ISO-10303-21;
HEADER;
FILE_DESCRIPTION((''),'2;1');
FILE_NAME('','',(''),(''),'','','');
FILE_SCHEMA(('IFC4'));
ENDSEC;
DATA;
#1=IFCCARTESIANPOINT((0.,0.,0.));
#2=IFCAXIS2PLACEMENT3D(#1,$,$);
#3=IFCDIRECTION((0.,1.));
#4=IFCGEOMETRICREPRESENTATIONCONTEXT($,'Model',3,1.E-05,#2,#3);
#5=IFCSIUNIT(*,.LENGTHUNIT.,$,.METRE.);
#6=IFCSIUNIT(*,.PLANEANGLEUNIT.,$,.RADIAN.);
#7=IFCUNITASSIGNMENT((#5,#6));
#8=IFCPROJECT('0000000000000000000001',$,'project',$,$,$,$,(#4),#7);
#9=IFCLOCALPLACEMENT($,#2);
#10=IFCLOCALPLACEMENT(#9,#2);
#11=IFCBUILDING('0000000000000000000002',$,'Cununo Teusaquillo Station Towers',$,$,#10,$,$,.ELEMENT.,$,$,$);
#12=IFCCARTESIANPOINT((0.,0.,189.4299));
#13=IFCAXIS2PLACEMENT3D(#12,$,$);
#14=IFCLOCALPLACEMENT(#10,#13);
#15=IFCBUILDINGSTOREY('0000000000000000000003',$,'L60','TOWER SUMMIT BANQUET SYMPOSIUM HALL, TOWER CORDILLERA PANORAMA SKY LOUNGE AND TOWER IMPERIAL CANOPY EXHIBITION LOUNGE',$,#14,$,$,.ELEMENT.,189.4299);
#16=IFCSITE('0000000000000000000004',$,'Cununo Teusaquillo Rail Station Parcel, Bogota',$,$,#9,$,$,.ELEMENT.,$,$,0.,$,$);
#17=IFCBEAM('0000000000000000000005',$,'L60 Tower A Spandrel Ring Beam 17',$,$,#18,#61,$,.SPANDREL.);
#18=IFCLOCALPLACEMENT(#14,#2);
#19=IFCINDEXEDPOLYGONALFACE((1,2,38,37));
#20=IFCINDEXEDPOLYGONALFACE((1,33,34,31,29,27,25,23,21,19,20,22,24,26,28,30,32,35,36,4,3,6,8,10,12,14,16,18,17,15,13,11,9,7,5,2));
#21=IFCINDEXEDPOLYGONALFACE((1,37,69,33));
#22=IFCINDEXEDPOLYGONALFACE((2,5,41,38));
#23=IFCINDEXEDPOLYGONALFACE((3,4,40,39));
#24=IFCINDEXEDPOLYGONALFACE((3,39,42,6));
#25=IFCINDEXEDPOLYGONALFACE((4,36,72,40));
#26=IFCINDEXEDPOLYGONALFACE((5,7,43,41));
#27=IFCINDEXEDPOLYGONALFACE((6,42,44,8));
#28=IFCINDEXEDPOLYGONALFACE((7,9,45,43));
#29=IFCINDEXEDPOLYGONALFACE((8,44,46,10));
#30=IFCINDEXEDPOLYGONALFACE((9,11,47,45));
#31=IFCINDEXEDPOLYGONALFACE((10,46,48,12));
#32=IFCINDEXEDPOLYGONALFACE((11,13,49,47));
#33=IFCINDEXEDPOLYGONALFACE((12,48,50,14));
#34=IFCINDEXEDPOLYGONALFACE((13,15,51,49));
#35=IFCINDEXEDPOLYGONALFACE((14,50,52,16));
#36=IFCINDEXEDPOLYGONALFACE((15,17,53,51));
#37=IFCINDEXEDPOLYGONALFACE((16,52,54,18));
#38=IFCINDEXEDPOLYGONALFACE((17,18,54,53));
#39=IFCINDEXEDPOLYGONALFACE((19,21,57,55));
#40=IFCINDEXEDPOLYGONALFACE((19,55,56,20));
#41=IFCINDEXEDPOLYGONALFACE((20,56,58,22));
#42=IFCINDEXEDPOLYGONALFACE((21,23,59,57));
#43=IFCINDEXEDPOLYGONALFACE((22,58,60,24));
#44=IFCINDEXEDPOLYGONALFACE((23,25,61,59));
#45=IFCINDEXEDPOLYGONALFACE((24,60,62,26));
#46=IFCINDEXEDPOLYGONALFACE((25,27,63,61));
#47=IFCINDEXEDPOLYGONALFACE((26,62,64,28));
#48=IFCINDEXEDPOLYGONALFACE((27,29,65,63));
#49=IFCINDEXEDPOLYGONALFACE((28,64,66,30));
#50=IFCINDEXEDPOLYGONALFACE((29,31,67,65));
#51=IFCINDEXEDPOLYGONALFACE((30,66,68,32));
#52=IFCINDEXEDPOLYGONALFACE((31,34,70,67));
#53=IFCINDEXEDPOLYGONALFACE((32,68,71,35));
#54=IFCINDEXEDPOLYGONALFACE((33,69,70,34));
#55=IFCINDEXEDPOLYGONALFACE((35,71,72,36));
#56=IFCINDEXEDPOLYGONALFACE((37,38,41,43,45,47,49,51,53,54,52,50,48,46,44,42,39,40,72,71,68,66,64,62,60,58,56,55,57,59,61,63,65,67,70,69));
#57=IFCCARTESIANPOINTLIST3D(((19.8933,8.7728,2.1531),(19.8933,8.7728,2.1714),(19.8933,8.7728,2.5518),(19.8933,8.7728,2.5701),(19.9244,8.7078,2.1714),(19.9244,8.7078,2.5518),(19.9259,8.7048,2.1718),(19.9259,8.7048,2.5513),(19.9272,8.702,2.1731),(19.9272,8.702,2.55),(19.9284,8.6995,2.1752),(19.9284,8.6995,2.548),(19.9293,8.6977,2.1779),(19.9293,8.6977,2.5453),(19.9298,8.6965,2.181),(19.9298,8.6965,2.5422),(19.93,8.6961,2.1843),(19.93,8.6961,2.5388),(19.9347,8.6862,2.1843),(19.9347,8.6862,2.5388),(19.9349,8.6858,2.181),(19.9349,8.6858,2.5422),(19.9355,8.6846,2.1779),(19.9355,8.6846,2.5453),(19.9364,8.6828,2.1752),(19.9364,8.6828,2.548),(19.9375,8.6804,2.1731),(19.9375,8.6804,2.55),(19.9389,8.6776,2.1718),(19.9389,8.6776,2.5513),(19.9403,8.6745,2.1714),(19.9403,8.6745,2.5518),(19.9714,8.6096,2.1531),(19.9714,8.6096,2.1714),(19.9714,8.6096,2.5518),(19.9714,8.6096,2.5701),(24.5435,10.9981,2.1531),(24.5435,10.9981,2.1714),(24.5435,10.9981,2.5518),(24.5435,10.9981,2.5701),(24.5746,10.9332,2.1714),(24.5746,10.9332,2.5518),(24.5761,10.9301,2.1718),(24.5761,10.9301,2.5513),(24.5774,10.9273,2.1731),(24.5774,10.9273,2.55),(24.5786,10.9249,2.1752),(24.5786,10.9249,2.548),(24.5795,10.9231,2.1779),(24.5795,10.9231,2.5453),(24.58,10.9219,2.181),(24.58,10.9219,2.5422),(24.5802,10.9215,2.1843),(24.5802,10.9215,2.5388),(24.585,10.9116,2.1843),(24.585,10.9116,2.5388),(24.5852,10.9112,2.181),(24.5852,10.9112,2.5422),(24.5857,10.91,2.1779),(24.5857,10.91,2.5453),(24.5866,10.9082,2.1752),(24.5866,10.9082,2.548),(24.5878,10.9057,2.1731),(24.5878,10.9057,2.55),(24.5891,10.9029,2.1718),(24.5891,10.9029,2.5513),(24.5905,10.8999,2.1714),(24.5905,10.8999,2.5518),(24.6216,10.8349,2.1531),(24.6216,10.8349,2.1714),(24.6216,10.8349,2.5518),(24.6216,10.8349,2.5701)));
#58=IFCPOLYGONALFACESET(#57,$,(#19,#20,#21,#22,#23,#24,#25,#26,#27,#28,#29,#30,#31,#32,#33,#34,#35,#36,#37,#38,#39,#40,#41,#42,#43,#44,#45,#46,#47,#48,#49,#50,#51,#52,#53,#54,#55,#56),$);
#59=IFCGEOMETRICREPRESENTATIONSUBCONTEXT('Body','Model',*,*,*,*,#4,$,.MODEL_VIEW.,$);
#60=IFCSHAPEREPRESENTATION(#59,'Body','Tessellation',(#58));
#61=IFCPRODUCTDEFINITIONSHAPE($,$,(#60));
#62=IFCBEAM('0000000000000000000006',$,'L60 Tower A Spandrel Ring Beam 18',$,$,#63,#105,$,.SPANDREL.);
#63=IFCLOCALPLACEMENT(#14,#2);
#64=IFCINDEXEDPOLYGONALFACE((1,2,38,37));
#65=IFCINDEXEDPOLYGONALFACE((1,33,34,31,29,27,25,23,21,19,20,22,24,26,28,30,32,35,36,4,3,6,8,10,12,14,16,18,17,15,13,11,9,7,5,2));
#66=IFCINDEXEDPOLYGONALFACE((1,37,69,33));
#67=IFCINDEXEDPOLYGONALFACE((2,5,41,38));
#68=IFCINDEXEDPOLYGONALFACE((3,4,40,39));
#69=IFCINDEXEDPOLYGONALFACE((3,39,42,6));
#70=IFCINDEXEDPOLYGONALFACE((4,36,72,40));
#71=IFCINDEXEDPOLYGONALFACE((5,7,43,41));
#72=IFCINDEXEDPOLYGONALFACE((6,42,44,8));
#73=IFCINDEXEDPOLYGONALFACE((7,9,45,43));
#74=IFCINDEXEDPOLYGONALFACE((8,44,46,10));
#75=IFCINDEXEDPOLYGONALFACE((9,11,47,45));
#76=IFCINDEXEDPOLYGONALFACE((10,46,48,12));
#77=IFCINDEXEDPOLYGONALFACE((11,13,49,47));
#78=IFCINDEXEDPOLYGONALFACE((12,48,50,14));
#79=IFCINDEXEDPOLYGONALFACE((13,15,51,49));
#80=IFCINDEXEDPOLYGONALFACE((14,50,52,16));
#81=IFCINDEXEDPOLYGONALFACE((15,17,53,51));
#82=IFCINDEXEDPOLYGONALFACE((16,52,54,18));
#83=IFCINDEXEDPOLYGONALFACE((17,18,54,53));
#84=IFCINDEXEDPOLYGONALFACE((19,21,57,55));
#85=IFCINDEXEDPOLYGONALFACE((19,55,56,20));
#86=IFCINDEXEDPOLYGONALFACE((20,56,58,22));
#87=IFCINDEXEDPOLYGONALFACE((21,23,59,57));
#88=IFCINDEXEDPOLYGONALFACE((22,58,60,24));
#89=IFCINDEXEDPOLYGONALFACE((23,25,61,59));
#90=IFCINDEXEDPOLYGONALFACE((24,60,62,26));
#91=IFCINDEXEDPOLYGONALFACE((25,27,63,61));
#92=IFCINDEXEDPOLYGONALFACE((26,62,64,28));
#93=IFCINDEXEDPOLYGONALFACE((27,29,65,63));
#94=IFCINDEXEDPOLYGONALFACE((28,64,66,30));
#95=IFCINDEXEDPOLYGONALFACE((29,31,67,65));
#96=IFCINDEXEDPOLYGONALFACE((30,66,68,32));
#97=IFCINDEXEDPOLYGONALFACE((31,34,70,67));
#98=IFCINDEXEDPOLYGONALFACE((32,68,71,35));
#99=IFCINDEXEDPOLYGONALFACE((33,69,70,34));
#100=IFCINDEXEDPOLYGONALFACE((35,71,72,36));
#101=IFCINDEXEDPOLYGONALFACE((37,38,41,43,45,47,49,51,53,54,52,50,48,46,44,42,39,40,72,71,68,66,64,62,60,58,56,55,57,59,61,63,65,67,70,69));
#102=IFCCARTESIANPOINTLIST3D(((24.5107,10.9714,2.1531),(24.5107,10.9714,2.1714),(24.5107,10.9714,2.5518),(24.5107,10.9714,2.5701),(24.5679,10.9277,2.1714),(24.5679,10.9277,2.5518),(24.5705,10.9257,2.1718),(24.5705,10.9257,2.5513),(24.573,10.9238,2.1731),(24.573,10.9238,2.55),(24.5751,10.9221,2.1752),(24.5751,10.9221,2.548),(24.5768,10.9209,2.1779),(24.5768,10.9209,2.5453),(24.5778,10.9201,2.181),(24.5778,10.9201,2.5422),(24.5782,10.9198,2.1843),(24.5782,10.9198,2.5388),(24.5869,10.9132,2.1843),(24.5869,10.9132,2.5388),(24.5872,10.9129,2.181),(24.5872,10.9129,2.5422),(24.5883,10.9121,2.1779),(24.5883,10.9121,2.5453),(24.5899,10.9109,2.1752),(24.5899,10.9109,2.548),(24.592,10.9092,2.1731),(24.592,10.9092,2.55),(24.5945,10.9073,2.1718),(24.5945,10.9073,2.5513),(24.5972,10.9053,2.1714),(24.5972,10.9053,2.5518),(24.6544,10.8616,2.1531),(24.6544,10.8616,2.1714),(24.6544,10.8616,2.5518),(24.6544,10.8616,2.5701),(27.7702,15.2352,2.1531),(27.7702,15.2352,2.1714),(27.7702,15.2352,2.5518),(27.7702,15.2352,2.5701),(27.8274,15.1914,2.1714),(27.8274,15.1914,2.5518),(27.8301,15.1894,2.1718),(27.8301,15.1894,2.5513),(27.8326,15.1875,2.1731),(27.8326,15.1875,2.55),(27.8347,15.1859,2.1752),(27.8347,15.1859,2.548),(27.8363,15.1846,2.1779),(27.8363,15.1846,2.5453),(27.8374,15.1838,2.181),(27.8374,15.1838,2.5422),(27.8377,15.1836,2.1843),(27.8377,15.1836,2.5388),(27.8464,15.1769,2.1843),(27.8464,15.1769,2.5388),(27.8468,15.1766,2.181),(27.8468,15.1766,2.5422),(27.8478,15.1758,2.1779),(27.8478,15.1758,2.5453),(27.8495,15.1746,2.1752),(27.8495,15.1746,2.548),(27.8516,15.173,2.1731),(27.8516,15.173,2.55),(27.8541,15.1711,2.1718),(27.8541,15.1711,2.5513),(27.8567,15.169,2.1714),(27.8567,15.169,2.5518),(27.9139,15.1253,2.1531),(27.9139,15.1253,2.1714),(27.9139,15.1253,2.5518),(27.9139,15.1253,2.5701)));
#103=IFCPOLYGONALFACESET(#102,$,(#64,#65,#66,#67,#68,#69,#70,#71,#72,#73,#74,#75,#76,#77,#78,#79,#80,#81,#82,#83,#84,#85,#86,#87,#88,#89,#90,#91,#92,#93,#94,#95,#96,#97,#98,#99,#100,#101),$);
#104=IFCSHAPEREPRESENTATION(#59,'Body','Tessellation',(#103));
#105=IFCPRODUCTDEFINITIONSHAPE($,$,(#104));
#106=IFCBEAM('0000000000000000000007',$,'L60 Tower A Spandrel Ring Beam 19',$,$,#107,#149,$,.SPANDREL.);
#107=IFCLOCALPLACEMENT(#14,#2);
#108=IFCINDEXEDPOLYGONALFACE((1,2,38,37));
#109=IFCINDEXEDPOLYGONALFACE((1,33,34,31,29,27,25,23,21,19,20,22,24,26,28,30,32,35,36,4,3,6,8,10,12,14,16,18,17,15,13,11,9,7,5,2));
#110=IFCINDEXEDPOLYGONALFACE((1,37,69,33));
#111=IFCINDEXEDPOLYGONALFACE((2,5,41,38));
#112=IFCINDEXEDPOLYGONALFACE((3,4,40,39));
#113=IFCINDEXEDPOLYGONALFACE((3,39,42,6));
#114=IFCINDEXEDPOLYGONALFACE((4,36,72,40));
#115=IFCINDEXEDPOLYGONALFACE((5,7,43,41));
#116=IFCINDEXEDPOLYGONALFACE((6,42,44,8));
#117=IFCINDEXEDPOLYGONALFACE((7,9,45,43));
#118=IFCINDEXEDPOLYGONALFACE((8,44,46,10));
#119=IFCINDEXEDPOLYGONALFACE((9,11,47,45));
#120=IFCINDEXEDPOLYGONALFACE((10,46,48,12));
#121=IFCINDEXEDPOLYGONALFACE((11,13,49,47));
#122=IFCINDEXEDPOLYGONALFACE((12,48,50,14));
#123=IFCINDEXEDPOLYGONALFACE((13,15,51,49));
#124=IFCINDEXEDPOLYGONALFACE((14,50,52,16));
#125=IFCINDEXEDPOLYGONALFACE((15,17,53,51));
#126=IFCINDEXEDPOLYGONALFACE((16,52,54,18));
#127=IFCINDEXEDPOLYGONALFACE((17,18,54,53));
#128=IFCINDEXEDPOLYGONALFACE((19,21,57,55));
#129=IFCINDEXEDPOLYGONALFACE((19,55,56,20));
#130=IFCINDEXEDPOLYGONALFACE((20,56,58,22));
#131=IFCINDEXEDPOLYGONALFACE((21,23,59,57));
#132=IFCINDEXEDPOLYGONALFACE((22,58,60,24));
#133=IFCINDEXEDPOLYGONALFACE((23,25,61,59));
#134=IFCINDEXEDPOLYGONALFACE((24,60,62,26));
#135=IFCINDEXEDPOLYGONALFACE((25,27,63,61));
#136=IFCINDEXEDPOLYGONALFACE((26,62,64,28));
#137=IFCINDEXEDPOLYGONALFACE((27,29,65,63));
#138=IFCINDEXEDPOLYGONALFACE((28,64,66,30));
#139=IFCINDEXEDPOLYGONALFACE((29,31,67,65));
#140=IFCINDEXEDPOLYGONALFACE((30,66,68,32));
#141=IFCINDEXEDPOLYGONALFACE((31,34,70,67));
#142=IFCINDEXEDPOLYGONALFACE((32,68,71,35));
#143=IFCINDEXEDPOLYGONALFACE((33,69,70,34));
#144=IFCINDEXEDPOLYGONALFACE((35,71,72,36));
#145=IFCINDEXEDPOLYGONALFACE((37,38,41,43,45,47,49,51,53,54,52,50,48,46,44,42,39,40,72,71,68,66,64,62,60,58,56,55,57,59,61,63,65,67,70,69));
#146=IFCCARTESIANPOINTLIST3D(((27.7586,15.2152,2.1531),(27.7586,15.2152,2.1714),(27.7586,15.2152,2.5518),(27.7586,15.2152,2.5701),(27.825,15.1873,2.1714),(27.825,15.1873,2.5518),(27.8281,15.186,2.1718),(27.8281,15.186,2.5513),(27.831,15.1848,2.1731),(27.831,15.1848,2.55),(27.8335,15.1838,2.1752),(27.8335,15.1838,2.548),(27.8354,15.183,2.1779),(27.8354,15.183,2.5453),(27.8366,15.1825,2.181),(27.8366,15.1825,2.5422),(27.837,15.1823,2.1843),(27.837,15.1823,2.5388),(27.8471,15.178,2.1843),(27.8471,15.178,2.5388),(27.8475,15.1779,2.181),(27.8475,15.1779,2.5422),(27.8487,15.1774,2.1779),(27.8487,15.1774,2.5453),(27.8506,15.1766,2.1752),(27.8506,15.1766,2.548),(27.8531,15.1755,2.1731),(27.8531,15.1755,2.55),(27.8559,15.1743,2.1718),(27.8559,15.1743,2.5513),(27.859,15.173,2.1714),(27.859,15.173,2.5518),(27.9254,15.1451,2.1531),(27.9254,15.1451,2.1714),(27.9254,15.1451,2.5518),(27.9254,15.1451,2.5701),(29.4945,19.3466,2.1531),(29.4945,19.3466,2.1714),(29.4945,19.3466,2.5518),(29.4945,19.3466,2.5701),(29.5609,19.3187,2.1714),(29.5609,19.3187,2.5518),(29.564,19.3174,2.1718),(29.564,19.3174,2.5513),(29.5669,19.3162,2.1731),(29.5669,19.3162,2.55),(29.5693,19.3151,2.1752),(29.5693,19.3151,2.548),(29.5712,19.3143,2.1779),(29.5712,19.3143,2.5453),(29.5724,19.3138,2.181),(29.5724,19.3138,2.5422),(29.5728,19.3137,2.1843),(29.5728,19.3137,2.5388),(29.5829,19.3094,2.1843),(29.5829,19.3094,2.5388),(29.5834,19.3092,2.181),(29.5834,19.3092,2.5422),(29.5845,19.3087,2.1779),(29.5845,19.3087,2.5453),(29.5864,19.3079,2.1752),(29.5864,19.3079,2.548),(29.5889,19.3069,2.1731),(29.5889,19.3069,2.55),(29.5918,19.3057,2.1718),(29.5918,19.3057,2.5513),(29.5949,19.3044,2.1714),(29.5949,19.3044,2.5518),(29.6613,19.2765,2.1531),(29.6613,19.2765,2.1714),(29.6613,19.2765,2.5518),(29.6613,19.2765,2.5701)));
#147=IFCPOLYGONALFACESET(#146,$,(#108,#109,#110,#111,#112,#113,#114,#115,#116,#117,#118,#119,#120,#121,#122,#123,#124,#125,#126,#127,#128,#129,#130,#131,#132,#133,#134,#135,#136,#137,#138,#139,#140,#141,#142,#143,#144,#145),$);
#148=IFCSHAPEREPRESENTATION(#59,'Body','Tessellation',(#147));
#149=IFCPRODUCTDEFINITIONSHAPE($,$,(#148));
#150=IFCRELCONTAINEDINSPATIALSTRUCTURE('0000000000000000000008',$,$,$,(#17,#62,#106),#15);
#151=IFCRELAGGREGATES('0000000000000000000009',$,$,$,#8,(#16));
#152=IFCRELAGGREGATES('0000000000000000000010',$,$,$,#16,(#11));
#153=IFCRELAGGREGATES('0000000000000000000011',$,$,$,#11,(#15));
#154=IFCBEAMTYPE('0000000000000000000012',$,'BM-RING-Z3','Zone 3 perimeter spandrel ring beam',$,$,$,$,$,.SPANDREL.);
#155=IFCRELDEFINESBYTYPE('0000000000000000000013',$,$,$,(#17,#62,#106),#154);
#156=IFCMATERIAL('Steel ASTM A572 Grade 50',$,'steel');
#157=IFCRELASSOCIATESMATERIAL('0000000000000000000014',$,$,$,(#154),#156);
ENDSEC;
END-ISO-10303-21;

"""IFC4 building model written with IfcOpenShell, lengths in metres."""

from ifc_helpers import new_model, si_unit, direction, frame, origin, origin_2d, place, context, subcontext, project, spatial, i_section, extrude, material, material_profile, profile_set, type_object, element, save


model = new_model("IFC4")

# Units and contexts
model_context = context("Model", 3, precision=1e-05, world=origin(), true_north=direction((0.0, 1.0)))
body_context = subcontext(model_context, "Body", "Model", "MODEL_VIEW")
ifc_project = project(units=[si_unit("LENGTHUNIT", "METRE"), si_unit("PLANEANGLEUNIT", "RADIAN")], contexts=[model_context])

# Site, building, storey
site_placement = place(None, origin())
site = spatial("IfcSite", under=ifc_project, at=site_placement, Name="Cununo Teusaquillo Rail Station Parcel, Bogota", CompositionType="ELEMENT", RefElevation=0.0)
building_placement = place(site_placement, origin())
building = spatial("IfcBuilding", under=site, at=building_placement, Name="Cununo Teusaquillo Station Towers", CompositionType="ELEMENT")
storey_placement = place(building_placement, frame((0.0, 0.0, 189.4299)))
storey = spatial("IfcBuildingStorey", under=building, at=storey_placement, Name="L60", Description="TOWER SUMMIT BANQUET SYMPOSIUM HALL, TOWER CORDILLERA PANORAMA SKY LOUNGE AND TOWER IMPERIAL CANOPY EXHIBITION LOUNGE", CompositionType="ELEMENT", Elevation=189.4299)

# Beams
ifc_material_1 = material(Name="Steel ASTM A572 Grade 50", Category="steel")
ifc_material_profile_1 = material_profile(ifc_material_1, i_section(OverallWidth=0.1809, OverallDepth=0.417, WebThickness=0.011, FlangeThickness=0.0183, FilletRadius=0.0129, at=origin_2d()), Name="W16X57")
ifc_profile_set_1 = profile_set([ifc_material_profile_1], Name="Steel ASTM A572 Grade 50")
beam_type_1 = type_object("IfcBeamType", Name="BM-RING-Z3", Description="Zone 3 perimeter spandrel ring beam", PredefinedType="SPANDREL", material=ifc_profile_set_1)
beam_1_placement = place(storey_placement, frame((19.9324, 8.6912, 2.3616), z_axis=(0.902032, 0.43167, 0.0), x_axis=(-0.43167, 0.902032, 0.0)))
element("IfcBeam", 1, at=beam_1_placement, inside=storey, type_object=beam_type_1, Name="L60 Tower A Spandrel Ring Beam 17", PredefinedType="SPANDREL", context=body_context, shape_type="SweptSolid", body=[
    extrude(i_section(OverallWidth=0.1809, OverallDepth=0.417, WebThickness=0.011, FlangeThickness=0.0183, FilletRadius=0.0129, at=origin_2d()), origin(), (0.0, 0.0, 1.0), 5.1553),
])
beam_2_placement = place(storey_placement, frame((24.5825, 10.9165, 2.3616), z_axis=(0.60734, 0.794442, 0.0), x_axis=(-0.794442, 0.60734, 0.0)))
element("IfcBeam", 2, at=beam_2_placement, inside=storey, type_object=beam_type_1, Name="L60 Tower A Spandrel Ring Beam 18", PredefinedType="SPANDREL", context=body_context, shape_type="SweptSolid", body=[
    extrude(i_section(OverallWidth=0.1809, OverallDepth=0.417, WebThickness=0.011, FlangeThickness=0.0183, FilletRadius=0.0129, at=origin_2d()), origin(), (0.0, 0.0, 1.0), 5.3669),
])
beam_3_placement = place(storey_placement, frame((27.842, 15.1802, 2.3616), z_axis=(0.38736, 0.921928, 0.0), x_axis=(-0.921928, 0.38736, 0.0)))
element("IfcBeam", 3, at=beam_3_placement, inside=storey, type_object=beam_type_1, Name="L60 Tower A Spandrel Ring Beam 19", PredefinedType="SPANDREL", context=body_context, shape_type="SweptSolid", body=[
    extrude(i_section(OverallWidth=0.1809, OverallDepth=0.417, WebThickness=0.011, FlangeThickness=0.0183, FilletRadius=0.0129, at=origin_2d()), origin(), (0.0, 0.0, 1.0), 4.4812),
])

save(model, "model.ifc")
